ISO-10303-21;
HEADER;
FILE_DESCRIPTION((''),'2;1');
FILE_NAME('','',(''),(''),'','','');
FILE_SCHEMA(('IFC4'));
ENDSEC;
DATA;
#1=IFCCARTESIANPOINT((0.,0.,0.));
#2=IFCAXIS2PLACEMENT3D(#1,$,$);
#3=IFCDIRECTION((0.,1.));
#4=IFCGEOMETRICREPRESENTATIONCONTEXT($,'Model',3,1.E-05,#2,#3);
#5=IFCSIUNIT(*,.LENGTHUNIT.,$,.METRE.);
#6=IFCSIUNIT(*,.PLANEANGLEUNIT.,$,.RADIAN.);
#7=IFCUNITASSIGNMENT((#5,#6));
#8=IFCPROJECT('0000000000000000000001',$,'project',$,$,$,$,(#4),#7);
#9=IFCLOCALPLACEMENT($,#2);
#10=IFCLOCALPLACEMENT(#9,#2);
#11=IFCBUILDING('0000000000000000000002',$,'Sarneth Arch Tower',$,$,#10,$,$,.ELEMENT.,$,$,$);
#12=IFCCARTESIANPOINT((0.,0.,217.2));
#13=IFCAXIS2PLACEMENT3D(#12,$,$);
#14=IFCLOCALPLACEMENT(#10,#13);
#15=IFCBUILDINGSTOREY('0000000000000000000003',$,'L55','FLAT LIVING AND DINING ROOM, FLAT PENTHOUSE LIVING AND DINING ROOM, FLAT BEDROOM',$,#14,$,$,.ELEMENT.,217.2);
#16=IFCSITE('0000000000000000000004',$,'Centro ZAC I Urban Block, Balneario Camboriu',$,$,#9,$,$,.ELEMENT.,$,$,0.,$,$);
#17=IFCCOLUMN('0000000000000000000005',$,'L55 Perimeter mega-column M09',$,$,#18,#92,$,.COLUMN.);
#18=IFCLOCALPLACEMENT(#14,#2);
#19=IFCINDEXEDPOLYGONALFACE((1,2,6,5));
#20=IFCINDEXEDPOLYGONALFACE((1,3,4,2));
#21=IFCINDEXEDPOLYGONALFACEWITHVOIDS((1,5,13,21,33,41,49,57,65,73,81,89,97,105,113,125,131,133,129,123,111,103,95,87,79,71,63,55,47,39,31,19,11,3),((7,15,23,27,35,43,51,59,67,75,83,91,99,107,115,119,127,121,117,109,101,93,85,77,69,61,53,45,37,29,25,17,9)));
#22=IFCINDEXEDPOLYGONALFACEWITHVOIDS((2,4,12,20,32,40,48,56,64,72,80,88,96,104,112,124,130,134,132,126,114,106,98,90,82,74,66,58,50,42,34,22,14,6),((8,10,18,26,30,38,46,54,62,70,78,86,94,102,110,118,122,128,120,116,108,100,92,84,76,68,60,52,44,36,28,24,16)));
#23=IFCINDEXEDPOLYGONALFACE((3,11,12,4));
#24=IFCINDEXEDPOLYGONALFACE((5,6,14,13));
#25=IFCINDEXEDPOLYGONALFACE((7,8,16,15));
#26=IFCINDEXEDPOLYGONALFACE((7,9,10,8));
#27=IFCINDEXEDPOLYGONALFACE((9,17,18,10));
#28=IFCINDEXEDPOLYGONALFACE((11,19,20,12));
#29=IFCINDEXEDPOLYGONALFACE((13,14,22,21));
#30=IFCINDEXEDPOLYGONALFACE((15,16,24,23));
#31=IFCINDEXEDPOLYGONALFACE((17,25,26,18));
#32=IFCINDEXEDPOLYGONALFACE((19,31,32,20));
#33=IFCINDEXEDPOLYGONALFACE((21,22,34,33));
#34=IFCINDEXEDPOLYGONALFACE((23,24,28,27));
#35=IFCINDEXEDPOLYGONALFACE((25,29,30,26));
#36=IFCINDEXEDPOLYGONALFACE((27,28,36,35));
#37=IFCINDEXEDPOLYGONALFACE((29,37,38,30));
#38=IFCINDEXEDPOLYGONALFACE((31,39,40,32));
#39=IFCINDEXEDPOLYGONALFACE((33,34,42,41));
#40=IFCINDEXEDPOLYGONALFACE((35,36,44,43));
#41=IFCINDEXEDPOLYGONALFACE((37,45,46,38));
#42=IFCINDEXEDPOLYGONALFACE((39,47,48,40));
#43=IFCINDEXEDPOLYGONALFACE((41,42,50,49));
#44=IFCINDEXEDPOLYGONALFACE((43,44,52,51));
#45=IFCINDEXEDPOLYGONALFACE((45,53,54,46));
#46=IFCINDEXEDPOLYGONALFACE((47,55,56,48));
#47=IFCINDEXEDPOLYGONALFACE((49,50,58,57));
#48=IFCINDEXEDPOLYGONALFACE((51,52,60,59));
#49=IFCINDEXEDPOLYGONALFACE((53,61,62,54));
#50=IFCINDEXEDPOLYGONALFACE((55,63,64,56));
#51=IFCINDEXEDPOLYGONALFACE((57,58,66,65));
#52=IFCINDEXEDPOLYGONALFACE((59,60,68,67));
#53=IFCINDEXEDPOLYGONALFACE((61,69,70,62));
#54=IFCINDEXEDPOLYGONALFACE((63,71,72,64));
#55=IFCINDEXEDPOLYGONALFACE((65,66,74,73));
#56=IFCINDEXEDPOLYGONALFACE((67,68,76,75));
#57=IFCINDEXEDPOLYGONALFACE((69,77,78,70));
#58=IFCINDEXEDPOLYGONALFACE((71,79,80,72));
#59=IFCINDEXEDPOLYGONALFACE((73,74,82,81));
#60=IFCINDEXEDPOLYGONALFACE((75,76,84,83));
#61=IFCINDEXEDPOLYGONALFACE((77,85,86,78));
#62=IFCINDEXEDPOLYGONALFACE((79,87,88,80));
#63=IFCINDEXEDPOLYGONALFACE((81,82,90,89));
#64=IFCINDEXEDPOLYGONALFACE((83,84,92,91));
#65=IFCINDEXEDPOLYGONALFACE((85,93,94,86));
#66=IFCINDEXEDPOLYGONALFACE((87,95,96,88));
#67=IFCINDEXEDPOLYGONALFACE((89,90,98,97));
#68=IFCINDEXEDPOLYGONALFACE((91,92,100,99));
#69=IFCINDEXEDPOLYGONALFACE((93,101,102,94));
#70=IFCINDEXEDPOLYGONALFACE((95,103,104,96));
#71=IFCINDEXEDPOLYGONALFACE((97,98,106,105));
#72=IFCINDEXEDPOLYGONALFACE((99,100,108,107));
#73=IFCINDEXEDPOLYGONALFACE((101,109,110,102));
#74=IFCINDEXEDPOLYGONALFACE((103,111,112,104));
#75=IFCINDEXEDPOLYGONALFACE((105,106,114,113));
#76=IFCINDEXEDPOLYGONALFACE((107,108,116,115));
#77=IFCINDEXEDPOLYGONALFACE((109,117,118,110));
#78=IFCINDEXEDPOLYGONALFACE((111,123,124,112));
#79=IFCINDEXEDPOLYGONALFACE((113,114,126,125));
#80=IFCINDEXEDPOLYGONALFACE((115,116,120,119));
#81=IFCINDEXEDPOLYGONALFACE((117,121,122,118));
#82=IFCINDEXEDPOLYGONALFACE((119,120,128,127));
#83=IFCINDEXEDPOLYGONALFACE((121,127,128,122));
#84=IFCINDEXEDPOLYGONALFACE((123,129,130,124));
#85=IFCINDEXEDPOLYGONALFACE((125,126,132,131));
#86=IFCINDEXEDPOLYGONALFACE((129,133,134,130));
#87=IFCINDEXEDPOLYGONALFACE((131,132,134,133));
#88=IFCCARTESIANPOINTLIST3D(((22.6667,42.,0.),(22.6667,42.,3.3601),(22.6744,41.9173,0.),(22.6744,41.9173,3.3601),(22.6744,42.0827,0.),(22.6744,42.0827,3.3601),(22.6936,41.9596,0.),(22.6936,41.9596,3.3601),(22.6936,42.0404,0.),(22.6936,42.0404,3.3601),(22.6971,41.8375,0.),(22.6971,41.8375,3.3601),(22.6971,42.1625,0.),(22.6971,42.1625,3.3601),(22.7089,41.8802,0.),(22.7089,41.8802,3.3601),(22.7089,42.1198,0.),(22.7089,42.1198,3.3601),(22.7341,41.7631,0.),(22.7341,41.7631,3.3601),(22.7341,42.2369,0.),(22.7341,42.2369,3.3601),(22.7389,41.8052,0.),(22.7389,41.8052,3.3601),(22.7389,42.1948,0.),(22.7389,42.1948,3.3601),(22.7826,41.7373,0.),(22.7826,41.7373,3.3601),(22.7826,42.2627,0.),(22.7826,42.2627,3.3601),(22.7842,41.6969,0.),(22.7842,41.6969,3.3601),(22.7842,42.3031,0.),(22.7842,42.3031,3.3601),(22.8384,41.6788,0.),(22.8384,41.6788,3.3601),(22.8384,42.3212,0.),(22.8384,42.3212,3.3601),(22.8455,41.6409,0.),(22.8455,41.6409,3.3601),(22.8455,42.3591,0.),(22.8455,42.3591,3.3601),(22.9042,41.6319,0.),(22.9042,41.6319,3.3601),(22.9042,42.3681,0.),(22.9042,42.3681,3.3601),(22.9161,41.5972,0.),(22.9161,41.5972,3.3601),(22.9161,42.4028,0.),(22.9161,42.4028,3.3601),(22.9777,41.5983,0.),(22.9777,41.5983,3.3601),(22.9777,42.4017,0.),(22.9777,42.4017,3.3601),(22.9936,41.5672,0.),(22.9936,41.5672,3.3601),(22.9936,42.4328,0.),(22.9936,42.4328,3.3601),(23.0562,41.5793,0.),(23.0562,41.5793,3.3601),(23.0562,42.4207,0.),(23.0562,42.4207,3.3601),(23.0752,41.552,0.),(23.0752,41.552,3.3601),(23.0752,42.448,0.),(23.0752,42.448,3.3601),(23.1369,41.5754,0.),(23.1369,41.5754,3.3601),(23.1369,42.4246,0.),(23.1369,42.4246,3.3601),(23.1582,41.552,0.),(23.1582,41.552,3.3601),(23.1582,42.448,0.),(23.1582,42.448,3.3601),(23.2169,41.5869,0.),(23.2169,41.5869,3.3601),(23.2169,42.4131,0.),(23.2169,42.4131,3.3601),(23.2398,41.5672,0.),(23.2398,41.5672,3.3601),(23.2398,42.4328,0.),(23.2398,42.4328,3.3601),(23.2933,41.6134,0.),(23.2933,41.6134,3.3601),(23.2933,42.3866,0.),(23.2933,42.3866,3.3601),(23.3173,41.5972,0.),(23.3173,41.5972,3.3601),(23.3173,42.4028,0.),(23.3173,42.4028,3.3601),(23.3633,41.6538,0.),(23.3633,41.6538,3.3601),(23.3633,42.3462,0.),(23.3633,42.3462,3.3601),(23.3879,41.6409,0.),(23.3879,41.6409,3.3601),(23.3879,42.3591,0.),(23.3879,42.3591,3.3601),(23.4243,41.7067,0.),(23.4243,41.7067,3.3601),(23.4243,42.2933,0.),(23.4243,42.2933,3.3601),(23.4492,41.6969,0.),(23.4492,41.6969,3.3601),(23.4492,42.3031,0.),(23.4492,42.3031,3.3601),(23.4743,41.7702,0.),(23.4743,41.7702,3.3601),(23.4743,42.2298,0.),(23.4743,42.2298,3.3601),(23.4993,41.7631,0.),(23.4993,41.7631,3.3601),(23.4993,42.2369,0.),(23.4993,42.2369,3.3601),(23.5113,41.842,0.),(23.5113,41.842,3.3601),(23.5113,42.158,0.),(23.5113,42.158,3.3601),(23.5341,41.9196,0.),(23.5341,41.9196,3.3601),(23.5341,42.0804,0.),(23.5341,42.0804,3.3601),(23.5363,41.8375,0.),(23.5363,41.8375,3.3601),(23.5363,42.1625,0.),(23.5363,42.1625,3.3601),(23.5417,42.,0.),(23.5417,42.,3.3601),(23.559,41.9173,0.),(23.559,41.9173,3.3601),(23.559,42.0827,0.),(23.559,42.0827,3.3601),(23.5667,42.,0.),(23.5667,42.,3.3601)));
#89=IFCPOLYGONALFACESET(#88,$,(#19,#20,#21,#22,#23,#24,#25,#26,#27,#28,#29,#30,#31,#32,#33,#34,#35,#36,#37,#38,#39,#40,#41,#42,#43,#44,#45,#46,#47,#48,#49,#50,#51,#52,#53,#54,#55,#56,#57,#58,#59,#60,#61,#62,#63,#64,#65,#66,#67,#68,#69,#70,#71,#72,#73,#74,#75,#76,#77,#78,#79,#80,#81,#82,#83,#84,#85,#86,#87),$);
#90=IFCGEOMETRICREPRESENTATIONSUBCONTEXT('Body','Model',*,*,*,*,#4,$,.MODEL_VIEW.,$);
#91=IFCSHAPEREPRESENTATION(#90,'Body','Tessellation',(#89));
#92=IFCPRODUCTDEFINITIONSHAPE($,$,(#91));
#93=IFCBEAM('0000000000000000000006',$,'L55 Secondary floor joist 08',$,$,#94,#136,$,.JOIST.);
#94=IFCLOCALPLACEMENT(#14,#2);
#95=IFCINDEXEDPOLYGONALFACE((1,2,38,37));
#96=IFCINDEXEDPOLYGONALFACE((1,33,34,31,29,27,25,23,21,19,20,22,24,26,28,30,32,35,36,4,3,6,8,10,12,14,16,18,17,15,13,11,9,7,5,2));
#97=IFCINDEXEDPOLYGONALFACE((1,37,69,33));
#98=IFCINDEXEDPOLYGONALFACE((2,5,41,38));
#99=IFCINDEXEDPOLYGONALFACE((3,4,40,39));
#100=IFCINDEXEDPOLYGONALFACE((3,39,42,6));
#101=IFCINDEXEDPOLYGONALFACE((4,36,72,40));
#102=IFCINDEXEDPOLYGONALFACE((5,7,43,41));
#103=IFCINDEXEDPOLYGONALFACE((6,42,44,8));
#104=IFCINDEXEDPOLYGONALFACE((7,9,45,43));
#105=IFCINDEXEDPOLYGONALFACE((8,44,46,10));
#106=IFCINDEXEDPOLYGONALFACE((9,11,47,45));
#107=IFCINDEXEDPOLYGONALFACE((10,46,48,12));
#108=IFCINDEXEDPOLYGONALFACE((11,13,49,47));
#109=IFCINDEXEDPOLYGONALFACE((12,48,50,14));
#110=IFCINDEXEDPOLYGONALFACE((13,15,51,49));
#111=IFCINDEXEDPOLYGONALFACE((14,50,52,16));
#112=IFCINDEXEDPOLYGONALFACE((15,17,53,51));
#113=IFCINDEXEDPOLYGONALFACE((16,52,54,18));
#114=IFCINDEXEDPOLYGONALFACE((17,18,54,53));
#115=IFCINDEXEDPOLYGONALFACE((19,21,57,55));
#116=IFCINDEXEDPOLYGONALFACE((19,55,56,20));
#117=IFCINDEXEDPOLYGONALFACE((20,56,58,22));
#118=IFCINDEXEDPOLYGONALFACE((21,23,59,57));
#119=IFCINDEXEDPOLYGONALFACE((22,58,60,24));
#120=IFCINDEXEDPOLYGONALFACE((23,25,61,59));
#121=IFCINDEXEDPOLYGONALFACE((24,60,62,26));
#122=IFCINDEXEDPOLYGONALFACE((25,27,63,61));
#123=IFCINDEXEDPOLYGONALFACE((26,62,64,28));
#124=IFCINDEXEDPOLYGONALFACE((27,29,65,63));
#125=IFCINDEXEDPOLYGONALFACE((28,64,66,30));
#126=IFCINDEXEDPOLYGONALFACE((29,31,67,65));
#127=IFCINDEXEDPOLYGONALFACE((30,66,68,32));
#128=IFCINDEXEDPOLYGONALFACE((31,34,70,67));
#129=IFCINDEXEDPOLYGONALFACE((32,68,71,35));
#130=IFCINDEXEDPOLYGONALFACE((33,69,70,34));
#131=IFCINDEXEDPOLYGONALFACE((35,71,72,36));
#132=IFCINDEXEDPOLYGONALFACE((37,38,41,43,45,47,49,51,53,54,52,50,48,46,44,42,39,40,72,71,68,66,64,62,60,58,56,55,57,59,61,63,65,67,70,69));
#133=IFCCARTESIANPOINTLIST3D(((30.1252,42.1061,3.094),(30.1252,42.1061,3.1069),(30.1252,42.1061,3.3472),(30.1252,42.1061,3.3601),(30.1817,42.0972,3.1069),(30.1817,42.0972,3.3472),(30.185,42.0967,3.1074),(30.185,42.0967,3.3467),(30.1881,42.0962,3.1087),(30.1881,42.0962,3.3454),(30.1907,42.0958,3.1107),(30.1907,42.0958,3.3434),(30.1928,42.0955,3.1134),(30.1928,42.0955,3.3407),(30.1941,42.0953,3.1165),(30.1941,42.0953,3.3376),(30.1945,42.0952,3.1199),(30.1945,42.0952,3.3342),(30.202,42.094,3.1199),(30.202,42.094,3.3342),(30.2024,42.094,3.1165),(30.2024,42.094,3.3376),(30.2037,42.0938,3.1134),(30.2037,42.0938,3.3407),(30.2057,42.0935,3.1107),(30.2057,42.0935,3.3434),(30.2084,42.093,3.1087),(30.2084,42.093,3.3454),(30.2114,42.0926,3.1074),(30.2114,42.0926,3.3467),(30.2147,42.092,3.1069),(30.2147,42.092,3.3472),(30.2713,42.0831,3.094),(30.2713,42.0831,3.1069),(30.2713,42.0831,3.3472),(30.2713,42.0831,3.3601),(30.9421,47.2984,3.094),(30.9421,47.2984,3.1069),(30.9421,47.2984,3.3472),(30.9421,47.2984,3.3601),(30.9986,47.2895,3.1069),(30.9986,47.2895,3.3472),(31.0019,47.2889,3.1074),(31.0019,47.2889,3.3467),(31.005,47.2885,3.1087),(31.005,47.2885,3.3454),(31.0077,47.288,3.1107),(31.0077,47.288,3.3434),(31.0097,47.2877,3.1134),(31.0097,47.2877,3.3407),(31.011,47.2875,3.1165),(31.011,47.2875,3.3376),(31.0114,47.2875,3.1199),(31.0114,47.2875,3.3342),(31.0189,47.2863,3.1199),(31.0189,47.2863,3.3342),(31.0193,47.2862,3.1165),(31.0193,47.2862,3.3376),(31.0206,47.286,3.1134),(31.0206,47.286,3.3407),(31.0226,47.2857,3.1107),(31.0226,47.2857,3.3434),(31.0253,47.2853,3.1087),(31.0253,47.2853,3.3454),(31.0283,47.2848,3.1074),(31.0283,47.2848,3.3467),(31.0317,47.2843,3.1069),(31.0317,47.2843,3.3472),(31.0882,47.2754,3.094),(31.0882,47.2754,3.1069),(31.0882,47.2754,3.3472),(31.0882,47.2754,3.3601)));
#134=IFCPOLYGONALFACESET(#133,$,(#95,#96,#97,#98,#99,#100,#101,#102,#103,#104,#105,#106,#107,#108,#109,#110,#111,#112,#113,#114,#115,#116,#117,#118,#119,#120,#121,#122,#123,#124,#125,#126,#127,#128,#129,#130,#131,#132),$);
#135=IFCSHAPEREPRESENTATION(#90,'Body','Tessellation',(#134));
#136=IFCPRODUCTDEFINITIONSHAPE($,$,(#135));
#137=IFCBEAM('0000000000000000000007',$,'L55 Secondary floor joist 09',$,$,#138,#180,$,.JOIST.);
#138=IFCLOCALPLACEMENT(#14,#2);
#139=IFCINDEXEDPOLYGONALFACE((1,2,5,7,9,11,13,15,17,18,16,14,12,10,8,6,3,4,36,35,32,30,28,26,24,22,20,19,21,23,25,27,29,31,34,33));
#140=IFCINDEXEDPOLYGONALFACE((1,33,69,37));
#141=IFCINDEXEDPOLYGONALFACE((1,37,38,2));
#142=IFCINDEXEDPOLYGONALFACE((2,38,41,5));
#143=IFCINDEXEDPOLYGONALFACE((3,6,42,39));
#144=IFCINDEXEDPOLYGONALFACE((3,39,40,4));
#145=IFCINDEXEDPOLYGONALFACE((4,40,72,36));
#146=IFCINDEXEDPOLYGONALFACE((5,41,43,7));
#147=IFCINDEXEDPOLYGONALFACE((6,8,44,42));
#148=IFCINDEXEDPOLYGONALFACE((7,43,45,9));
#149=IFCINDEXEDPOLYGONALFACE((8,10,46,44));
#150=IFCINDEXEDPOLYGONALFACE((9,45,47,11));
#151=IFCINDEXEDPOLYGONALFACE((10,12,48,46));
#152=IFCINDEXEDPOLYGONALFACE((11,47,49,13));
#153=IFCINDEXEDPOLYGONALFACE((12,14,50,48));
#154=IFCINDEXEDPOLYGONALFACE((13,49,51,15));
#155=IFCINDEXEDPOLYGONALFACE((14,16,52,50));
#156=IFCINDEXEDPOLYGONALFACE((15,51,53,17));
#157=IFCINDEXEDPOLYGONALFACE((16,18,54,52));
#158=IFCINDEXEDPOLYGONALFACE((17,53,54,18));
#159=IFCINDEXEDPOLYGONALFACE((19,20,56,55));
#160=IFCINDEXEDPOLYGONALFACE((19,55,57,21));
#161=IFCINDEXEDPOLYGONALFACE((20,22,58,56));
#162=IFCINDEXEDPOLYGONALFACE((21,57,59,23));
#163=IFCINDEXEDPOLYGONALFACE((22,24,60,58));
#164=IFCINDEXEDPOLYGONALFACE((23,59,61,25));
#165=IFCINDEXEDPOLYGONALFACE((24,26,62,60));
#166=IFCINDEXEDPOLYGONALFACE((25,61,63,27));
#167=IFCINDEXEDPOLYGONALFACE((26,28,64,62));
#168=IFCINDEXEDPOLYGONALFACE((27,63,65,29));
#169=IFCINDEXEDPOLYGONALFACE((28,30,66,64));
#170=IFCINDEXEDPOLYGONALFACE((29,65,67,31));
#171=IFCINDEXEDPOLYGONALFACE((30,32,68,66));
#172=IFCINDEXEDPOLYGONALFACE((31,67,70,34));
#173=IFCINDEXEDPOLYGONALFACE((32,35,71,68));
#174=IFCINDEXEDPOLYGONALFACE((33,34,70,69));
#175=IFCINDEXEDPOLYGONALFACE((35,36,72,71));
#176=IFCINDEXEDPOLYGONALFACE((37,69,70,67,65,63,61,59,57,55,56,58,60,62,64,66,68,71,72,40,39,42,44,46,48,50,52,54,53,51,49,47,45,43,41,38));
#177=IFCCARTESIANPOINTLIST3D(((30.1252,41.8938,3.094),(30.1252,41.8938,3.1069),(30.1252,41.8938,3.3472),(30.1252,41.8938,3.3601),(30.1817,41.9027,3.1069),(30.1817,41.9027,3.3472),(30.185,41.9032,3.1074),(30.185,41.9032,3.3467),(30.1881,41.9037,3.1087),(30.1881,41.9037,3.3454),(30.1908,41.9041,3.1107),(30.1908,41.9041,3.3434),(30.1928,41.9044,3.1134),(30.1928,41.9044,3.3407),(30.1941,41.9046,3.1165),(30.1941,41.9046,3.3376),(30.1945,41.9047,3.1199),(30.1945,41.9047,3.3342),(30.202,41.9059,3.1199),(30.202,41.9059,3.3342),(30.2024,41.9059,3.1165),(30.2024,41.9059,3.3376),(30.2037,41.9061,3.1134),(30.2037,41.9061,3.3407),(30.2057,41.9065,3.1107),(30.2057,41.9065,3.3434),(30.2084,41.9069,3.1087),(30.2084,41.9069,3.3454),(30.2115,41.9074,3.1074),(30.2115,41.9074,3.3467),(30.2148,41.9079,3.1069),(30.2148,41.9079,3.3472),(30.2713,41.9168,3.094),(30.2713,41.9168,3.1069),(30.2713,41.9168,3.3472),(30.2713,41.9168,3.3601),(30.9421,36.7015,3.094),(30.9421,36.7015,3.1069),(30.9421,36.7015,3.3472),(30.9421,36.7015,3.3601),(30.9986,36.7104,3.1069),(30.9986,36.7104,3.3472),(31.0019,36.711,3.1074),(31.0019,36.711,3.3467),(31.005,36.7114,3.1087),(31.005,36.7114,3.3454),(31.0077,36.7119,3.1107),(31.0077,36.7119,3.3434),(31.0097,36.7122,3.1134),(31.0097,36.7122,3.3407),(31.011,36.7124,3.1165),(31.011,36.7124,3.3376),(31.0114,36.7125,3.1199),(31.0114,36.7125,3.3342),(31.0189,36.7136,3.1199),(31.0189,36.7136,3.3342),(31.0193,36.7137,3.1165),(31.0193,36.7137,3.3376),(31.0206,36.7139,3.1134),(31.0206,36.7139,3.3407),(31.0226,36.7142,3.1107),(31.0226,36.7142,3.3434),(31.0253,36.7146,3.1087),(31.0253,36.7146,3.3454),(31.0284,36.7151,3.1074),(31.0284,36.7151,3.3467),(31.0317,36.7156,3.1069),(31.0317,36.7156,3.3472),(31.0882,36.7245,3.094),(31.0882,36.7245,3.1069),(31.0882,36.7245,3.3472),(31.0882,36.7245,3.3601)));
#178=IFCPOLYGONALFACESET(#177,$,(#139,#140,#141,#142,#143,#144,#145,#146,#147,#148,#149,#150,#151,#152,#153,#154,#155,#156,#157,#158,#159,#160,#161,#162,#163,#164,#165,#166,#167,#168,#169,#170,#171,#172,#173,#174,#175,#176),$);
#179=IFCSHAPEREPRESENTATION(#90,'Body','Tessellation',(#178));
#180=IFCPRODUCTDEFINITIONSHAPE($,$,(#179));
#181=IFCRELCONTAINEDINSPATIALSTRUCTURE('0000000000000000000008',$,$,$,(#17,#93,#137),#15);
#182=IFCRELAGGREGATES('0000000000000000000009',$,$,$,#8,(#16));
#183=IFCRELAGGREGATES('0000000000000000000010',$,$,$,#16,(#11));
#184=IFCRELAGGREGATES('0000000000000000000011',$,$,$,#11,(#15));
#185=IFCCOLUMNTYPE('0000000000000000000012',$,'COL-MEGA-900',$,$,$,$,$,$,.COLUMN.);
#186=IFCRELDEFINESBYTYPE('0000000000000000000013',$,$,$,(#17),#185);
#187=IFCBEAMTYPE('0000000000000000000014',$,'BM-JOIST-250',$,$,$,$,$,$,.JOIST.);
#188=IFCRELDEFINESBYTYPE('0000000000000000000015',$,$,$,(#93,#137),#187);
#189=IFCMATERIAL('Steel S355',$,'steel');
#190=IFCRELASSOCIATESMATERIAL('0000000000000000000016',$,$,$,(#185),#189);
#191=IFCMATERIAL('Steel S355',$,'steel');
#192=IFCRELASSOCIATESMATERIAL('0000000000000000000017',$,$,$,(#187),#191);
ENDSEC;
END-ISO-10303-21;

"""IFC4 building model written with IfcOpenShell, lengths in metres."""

from ifc_helpers import new_model, si_unit, direction, frame, origin, origin_2d, place, context, subcontext, project, spatial, hollow_circle, i_section, extrude, material, material_profile, profile_set, type_object, element, save


model = new_model("IFC4")

# Units and contexts
model_context = context("Model", 3, precision=1e-05, world=origin(), true_north=direction((0.0, 1.0)))
body_context = subcontext(model_context, "Body", "Model", "MODEL_VIEW")
ifc_project = project(units=[si_unit("LENGTHUNIT", "METRE"), si_unit("PLANEANGLEUNIT", "RADIAN")], contexts=[model_context])

# Site, building, storey
site_placement = place(None, origin())
site = spatial("IfcSite", under=ifc_project, at=site_placement, Name="Centro ZAC I Urban Block, Balneario Camboriu", CompositionType="ELEMENT", RefElevation=0.0)
building_placement = place(site_placement, origin())
building = spatial("IfcBuilding", under=site, at=building_placement, Name="Sarneth Arch Tower", CompositionType="ELEMENT")
storey_placement = place(building_placement, frame((0.0, 0.0, 217.2)))
storey = spatial("IfcBuildingStorey", under=building, at=storey_placement, Name="L55", Description="FLAT LIVING AND DINING ROOM, FLAT PENTHOUSE LIVING AND DINING ROOM, FLAT BEDROOM", CompositionType="ELEMENT", Elevation=217.2)

# Column
ifc_material_1 = material(Name="Steel S355", Category="steel")
ifc_material_profile_1 = material_profile(ifc_material_1, hollow_circle(Radius=0.45, WallThickness=0.0249, at=origin_2d()), Name="CHS900x25")
ifc_profile_set_1 = profile_set([ifc_material_profile_1], Name="Steel S355")
column_type = type_object("IfcColumnType", Name="COL-MEGA-900", PredefinedType="COLUMN", material=ifc_profile_set_1)
column_placement = place(storey_placement, frame((23.1167, 42.0, 0.0), z_axis=(0.0, 0.0, 1.0), x_axis=(1.0, 0.0, 0.0)))
element("IfcColumn", 1, at=column_placement, inside=storey, type_object=column_type, Name="L55 Perimeter mega-column M09", PredefinedType="COLUMN", context=body_context, shape_type="SweptSolid", body=[
    extrude(hollow_circle(Radius=0.45, WallThickness=0.0249, at=origin_2d()), origin(), (0.0, 0.0, 1.0), 3.3601),
])

# Beams
ifc_material_2 = material(Name="Steel S355", Category="steel")
ifc_material_profile_2 = material_profile(ifc_material_2, i_section(OverallWidth=0.1479, OverallDepth=0.2661, WebThickness=0.0076, FlangeThickness=0.0129, FilletRadius=0.0129, at=origin_2d()), Name="W250x44.8")
ifc_profile_set_2 = profile_set([ifc_material_profile_2], Name="Steel S355")
beam_type_1 = type_object("IfcBeamType", Name="BM-JOIST-250", PredefinedType="JOIST", material=ifc_profile_set_2)
for number, where, z_axis, x_axis, name in (
    (2, (31.0151, 47.2869, 3.2271), (-0.155421, -0.987848, 0.0), (0.987848, -0.155421, 0.0), "L55 Secondary floor joist 08"),
    (3, (30.1982, 41.9053, 3.2271), (0.155421, -0.987848, 0.0), (0.987848, 0.155421, 0.0), "L55 Secondary floor joist 09"),
):
    element("IfcBeam", number, at=place(storey_placement, frame(where, z_axis=z_axis, x_axis=x_axis)), inside=storey, type_object=beam_type_1, Name=name, PredefinedType="JOIST", context=body_context, shape_type="SweptSolid", body=[
        extrude(i_section(OverallWidth=0.1479, OverallDepth=0.2661, WebThickness=0.0076, FlangeThickness=0.0129, FilletRadius=0.0129, at=origin_2d()), origin(), (0.0, 0.0, 1.0), 5.2561),
    ])

save(model, "model.ifc")
